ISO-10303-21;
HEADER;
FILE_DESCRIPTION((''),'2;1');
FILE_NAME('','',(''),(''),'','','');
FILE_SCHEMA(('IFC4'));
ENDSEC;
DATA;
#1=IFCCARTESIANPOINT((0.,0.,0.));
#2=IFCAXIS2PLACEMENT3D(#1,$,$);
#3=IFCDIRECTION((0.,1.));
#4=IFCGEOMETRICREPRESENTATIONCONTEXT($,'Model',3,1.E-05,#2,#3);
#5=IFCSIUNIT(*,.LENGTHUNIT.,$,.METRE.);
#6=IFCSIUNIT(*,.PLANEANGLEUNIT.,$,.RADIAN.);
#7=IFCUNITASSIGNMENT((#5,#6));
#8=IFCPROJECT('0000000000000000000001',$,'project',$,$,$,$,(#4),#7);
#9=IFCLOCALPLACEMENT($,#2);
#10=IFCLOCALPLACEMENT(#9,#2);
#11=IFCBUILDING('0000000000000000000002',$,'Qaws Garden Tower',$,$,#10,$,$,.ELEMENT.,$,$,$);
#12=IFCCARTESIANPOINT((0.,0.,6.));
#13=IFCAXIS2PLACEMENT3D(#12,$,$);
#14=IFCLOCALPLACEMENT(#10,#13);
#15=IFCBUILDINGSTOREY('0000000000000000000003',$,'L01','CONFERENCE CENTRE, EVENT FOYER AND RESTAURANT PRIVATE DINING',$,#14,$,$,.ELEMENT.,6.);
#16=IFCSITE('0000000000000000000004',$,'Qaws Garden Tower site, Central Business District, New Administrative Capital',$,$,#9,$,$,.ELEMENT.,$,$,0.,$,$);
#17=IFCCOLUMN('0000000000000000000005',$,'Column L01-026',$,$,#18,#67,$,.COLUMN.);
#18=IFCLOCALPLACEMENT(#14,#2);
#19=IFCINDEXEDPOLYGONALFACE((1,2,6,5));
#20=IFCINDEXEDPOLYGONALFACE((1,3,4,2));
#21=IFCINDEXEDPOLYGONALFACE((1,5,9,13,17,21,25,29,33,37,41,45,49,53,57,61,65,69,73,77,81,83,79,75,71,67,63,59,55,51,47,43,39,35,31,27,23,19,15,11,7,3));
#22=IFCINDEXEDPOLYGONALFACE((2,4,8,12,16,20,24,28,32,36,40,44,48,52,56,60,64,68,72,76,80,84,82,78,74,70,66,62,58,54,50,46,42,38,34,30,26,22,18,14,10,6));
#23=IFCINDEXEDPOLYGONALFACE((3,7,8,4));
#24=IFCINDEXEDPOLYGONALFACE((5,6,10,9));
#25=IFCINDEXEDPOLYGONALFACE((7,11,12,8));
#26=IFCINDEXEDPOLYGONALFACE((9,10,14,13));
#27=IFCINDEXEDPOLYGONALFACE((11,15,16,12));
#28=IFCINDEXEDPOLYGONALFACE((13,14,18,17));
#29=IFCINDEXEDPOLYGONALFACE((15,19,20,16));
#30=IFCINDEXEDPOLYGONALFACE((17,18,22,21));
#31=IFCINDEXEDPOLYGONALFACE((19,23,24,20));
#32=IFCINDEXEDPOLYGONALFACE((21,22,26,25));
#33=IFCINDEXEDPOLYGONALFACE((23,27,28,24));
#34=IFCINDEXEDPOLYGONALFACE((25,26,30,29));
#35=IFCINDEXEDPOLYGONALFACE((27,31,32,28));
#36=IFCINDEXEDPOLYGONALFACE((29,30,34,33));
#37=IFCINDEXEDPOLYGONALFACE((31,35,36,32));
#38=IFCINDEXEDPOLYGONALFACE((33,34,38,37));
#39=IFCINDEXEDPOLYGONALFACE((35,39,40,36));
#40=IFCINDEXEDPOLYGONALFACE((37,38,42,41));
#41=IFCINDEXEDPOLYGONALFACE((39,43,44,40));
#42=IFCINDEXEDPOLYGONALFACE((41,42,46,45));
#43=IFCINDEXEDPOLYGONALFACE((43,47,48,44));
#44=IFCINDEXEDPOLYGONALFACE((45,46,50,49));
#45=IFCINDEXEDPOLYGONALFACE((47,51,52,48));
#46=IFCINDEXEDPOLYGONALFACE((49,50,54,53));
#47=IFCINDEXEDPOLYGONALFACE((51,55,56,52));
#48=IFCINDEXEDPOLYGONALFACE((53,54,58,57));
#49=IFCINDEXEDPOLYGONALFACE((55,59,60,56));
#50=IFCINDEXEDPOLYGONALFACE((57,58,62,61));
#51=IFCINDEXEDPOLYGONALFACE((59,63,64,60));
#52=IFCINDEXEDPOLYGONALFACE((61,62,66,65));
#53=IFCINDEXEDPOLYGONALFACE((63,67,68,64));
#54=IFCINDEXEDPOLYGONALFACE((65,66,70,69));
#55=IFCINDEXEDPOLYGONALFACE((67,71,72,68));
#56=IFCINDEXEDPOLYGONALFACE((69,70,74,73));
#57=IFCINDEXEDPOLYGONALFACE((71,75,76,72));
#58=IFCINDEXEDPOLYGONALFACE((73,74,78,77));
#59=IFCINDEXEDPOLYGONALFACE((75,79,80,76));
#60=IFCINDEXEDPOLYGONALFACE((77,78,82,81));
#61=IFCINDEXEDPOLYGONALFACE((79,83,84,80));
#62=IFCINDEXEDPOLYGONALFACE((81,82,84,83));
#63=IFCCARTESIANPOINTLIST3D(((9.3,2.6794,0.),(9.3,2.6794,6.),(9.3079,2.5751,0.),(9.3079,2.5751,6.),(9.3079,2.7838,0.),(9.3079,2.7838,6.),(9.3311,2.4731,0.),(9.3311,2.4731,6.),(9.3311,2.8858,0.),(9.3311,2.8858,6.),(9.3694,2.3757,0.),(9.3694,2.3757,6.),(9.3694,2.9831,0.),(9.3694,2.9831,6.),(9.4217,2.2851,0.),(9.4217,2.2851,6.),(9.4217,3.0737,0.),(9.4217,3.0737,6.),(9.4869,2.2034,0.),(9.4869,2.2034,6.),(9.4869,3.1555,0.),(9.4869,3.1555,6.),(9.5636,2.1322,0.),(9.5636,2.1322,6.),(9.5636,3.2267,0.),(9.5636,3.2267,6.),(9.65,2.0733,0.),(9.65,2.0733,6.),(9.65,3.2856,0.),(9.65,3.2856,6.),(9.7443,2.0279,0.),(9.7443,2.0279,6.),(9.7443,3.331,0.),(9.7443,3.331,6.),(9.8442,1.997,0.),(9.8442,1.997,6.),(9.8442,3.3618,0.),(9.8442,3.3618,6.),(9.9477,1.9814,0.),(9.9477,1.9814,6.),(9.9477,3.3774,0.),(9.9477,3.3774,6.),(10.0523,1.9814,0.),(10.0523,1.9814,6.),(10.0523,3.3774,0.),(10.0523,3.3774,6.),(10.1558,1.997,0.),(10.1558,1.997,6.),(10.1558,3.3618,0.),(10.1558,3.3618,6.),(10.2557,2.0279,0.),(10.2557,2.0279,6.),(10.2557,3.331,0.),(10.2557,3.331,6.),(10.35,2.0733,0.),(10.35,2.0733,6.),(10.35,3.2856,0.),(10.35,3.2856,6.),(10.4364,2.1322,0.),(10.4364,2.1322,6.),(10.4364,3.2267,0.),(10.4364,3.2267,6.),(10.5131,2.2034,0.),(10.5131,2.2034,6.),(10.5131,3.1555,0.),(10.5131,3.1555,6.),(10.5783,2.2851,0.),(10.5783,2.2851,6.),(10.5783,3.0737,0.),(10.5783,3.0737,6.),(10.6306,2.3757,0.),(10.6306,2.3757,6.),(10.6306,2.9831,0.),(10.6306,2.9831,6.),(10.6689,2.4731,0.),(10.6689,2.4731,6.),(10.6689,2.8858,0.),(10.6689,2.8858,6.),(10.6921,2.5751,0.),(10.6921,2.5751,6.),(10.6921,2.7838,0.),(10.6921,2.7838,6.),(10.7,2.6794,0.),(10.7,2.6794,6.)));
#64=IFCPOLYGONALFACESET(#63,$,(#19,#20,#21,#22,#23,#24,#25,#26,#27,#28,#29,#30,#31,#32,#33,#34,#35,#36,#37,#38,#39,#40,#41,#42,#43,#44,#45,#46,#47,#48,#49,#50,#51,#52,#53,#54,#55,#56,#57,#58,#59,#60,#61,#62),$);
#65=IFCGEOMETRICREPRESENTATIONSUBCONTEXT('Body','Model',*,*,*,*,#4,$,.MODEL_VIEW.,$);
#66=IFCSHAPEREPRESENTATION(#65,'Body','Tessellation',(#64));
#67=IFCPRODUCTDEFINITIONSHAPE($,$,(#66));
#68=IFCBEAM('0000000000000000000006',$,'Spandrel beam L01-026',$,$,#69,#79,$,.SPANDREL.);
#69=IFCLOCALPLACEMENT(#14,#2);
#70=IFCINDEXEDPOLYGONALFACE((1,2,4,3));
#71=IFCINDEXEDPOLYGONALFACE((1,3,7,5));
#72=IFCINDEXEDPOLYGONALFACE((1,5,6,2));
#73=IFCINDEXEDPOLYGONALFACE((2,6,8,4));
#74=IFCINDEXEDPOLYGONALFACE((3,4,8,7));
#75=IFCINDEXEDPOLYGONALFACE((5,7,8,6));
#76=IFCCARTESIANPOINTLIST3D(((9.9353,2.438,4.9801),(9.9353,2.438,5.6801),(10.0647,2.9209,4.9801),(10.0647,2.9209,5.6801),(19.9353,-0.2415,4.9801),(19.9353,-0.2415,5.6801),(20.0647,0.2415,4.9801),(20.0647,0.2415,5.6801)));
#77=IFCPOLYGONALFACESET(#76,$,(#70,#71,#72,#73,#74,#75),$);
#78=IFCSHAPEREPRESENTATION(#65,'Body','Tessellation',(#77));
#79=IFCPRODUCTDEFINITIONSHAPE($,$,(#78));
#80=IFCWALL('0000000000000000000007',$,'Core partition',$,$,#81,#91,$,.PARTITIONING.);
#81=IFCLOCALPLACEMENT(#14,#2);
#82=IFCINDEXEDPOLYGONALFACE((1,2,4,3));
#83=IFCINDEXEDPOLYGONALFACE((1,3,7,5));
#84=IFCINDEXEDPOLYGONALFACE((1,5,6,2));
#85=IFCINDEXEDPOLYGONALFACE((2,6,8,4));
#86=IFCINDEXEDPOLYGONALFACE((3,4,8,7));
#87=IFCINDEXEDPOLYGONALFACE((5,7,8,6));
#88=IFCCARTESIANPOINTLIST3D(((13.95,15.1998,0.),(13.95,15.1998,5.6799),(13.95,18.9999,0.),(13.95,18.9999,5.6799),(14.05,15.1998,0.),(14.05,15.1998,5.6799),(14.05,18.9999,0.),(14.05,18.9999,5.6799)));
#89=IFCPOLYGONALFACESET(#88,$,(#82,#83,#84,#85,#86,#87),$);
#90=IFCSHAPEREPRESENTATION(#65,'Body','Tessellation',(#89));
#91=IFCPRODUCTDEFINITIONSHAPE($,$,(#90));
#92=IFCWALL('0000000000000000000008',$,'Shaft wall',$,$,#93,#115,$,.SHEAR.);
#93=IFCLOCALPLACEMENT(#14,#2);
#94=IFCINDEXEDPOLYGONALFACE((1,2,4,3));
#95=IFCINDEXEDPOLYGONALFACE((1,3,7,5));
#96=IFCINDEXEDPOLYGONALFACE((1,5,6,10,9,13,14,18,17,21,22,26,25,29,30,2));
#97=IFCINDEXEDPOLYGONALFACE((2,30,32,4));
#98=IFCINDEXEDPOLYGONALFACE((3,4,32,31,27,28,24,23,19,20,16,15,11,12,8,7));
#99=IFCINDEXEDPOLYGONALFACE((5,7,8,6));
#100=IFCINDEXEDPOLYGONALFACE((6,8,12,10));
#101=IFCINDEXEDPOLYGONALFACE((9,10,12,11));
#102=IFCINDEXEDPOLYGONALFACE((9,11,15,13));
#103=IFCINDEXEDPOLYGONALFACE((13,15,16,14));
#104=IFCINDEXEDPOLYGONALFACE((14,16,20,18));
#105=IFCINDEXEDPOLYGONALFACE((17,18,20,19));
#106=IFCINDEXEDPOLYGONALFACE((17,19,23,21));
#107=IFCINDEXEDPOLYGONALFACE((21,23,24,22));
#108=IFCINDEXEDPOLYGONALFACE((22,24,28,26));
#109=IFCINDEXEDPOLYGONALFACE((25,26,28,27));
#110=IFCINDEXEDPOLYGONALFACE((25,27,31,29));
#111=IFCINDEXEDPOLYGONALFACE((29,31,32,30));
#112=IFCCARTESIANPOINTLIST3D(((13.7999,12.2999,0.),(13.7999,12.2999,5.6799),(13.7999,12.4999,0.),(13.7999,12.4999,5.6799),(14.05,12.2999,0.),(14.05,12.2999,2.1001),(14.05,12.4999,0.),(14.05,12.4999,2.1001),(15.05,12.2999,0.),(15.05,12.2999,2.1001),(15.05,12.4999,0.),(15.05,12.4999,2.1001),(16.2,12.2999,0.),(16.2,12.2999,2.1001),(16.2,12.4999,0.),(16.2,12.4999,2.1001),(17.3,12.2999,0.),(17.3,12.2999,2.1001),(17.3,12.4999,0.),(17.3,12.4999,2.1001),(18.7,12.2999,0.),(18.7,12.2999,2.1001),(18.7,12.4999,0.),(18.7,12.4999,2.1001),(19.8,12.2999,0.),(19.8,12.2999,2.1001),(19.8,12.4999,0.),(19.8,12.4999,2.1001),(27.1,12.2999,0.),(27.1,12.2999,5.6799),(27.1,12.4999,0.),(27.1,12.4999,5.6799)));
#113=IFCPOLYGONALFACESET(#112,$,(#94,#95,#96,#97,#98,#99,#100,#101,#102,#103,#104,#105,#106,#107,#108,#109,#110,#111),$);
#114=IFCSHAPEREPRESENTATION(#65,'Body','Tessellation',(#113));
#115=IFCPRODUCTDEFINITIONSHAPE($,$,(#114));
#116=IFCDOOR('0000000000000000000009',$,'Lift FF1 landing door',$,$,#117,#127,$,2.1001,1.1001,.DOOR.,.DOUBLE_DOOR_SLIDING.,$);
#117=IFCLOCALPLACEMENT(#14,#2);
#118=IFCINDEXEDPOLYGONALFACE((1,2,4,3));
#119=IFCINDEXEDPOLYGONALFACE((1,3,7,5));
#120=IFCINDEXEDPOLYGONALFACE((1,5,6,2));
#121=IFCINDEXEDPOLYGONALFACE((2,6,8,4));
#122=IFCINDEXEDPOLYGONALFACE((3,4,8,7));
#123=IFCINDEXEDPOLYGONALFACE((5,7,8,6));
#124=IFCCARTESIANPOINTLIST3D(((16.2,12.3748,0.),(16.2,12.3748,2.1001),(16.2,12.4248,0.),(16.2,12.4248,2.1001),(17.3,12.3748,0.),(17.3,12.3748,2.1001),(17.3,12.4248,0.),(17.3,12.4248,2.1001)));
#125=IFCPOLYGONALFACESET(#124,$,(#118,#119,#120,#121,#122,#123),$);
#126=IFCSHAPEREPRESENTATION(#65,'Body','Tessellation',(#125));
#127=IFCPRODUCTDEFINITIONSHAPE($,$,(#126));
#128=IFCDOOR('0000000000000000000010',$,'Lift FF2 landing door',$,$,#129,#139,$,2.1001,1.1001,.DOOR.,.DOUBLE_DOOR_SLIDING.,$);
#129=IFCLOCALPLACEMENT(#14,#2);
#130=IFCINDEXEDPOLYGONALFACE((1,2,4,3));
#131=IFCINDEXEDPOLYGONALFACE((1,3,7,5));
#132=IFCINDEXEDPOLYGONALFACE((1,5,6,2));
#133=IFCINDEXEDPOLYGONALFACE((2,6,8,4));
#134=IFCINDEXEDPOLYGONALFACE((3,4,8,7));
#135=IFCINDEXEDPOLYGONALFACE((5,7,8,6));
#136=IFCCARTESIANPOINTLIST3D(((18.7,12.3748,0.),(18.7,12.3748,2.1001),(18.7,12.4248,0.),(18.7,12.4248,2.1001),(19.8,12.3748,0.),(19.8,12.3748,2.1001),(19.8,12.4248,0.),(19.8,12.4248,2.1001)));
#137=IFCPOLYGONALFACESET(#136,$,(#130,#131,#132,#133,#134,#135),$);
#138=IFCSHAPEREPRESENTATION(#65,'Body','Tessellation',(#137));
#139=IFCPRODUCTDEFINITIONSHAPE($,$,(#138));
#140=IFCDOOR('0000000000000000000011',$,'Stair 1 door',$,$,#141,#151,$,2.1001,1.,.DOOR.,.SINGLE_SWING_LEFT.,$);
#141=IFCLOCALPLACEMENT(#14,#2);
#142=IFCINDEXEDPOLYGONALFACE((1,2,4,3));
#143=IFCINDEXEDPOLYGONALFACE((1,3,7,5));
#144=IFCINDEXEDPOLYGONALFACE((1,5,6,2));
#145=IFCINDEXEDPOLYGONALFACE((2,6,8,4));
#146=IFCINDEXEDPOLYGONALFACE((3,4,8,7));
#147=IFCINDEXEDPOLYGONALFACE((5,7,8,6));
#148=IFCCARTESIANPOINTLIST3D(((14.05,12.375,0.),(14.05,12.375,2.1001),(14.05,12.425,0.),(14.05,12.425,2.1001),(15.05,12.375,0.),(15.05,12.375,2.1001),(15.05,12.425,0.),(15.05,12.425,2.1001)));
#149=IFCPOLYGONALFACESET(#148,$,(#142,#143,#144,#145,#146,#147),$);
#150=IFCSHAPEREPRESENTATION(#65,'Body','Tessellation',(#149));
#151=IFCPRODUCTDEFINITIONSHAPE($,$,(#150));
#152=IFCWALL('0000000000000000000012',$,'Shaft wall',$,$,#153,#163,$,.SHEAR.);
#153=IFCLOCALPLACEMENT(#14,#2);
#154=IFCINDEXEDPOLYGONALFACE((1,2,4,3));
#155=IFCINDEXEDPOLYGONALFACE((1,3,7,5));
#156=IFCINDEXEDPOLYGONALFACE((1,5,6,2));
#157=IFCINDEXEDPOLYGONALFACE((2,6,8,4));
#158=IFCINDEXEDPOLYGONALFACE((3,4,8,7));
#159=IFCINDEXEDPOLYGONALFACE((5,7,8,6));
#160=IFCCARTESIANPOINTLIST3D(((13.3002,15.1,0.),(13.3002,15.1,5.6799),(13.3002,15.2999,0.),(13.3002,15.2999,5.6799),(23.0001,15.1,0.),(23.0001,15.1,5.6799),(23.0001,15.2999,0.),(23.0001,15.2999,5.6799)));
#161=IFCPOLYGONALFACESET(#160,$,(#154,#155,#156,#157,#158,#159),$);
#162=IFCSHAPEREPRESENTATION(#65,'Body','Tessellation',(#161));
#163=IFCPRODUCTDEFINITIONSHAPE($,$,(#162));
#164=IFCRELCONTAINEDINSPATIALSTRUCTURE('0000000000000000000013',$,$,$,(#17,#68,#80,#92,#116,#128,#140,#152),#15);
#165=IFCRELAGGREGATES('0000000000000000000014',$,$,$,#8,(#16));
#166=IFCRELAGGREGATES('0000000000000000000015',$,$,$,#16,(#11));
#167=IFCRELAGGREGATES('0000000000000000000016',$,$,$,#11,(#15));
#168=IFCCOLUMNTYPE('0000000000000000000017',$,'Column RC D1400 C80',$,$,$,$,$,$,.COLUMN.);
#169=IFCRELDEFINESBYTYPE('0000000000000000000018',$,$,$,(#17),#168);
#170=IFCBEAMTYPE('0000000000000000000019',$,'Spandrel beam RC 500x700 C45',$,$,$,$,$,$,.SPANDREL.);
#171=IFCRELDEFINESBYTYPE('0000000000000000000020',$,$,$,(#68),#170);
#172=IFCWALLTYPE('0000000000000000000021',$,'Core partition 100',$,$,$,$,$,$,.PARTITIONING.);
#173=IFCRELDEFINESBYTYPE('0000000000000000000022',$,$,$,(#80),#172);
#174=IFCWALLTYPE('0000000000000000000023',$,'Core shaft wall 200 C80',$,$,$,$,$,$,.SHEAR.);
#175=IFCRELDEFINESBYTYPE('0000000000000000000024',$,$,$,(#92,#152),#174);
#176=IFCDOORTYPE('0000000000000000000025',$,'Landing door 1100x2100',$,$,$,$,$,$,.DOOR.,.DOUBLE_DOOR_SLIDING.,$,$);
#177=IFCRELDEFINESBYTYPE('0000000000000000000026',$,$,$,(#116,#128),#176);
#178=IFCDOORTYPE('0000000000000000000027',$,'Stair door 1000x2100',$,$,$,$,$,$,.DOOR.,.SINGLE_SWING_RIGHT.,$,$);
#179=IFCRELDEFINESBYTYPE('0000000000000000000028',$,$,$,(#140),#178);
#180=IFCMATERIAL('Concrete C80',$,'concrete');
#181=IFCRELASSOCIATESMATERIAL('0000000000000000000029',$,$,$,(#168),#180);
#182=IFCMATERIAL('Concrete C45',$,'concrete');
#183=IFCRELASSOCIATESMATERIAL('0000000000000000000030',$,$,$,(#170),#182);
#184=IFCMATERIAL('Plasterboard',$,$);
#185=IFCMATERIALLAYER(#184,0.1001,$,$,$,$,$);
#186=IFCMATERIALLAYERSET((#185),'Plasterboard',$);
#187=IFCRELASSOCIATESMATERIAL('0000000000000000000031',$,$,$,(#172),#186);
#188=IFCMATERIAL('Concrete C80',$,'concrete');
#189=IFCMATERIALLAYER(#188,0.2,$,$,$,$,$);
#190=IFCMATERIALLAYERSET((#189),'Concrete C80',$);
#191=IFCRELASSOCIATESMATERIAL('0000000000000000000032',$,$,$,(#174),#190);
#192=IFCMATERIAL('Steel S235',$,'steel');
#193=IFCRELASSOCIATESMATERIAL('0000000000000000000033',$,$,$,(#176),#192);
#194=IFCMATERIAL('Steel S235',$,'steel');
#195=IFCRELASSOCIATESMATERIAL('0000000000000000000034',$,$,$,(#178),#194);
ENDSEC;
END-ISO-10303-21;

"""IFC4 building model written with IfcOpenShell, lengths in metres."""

from ifc_helpers import new_model, si_unit, direction, frame, frame_2d, origin, origin_2d, place, context, subcontext, project, spatial, rectangle, circle, extrude, material, layer, layer_set, material_profile, profile_set, type_object, element, fill, save


model = new_model("IFC4")

# Units and contexts
model_context = context("Model", 3, precision=1e-05, world=origin(), true_north=direction((0.0, 1.0)))
body_context = subcontext(model_context, "Body", "Model", "MODEL_VIEW")
ifc_project = project(units=[si_unit("LENGTHUNIT", "METRE"), si_unit("PLANEANGLEUNIT", "RADIAN")], contexts=[model_context])

# Site, building, storey
site_placement = place(None, origin())
site = spatial("IfcSite", under=ifc_project, at=site_placement, Name="Qaws Garden Tower site, Central Business District, New Administrative Capital", CompositionType="ELEMENT", RefElevation=0.0)
building_placement = place(site_placement, origin())
building = spatial("IfcBuilding", under=site, at=building_placement, Name="Qaws Garden Tower", CompositionType="ELEMENT")
storey_placement = place(building_placement, frame((0.0, 0.0, 6.0)))
storey = spatial("IfcBuildingStorey", under=building, at=storey_placement, Name="L01", Description="CONFERENCE CENTRE, EVENT FOYER AND RESTAURANT PRIVATE DINING", CompositionType="ELEMENT", Elevation=6.0)

# Column
ifc_material_1 = material(Name="Concrete C80", Category="concrete")
ifc_material_profile_1 = material_profile(ifc_material_1, circle(Radius=0.7, at=origin_2d()), Name="RC D1400")
ifc_profile_set_1 = profile_set([ifc_material_profile_1], Name="Concrete C80")
column_type = type_object("IfcColumnType", Name="Column RC D1400 C80", PredefinedType="COLUMN", material=ifc_profile_set_1)
column_placement = place(storey_placement, frame((10.0, 2.6794, 0.0), z_axis=(0.0, 0.0, 1.0), x_axis=(1.0, 0.0, 0.0)))
element("IfcColumn", 1, at=column_placement, inside=storey, type_object=column_type, Name="Column L01-026", PredefinedType="COLUMN", context=body_context, shape_type="SweptSolid", body=[
    extrude(circle(Radius=0.7, at=origin_2d()), origin(), (0.0, 0.0, 1.0), 6.0),
])

# Beam
ifc_material_2 = material(Name="Concrete C45", Category="concrete")
ifc_material_profile_2 = material_profile(ifc_material_2, rectangle(XDim=0.5, YDim=0.7, at=origin_2d()), Name="RC 500x700")
ifc_profile_set_2 = profile_set([ifc_material_profile_2], Name="Concrete C45")
beam_type = type_object("IfcBeamType", Name="Spandrel beam RC 500x700 C45", PredefinedType="SPANDREL", material=ifc_profile_set_2)
beam_placement = place(storey_placement, frame((10.0, 2.6794, 5.3301), z_axis=(0.965927, -0.258815, 0.0), x_axis=(0.258815, 0.965927, 0.0)))
element("IfcBeam", 2, at=beam_placement, inside=storey, type_object=beam_type, Name="Spandrel beam L01-026", PredefinedType="SPANDREL", context=body_context, shape_type="SweptSolid", body=[
    extrude(rectangle(XDim=0.5, YDim=0.7, at=origin_2d()), origin(), (0.0, 0.0, 1.0), 10.3528),
])

# Wall
ifc_material_3 = material(Name="Plasterboard")
ifc_layer_1 = layer(ifc_material_3, 0.1001)
ifc_layer_set_1 = layer_set([ifc_layer_1], Name="Plasterboard")
wall_type_1 = type_object("IfcWallType", Name="Core partition 100", PredefinedType="PARTITIONING", material=ifc_layer_set_1)
wall_1_placement = place(storey_placement, frame((14.0, 15.2, 0.0), z_axis=(0.0, 0.0, 1.0), x_axis=(0.0, 1.0, 0.0)))
element("IfcWall", 3, at=wall_1_placement, inside=storey, type_object=wall_type_1, Name="Core partition", PredefinedType="PARTITIONING", context=body_context, shape_type="SweptSolid", body=[
    extrude(rectangle(XDim=3.8, YDim=0.1001, at=frame_2d((1.8999, 0.0))), origin(), (0.0, 0.0, 1.0), 5.6799),
])

# Wall, openings, doors
ifc_material_4 = material(Name="Concrete C80", Category="concrete")
ifc_layer_2 = layer(ifc_material_4, 0.2)
ifc_layer_set_2 = layer_set([ifc_layer_2], Name="Concrete C80")
wall_type_2 = type_object("IfcWallType", Name="Core shaft wall 200 C80", PredefinedType="SHEAR", material=ifc_layer_set_2)
wall_2_placement = place(storey_placement, frame((13.8, 12.3999, 0.0), z_axis=(0.0, 0.0, 1.0), x_axis=(1.0, 0.0, 0.0)))
wall_2 = element("IfcWall", 4, at=wall_2_placement, inside=storey, type_object=wall_type_2, Name="Shaft wall", PredefinedType="SHEAR", context=body_context, shape_type="SweptSolid", body=[
    extrude(rectangle(XDim=13.3, YDim=0.2, at=frame_2d((6.6499, 0.0))), origin(), (0.0, 0.0, 1.0), 5.6799),
])
opening_1_placement = place(wall_2_placement, frame((2.3999, 0.0, 0.0)))
opening_1 = element("IfcOpeningElement", 5, at=opening_1_placement, cuts=wall_2, PredefinedType="OPENING", context=body_context, shape_type="SweptSolid", body=[
    extrude(rectangle(XDim=1.1001, YDim=2.1001, at=frame_2d((0.55, 1.05))), frame((0.0, 0.1099, 0.0), z_axis=(0.0, -1.0, 0.0), x_axis=(1.0, 0.0, 0.0)), (0.0, 0.0, 1.0), 0.22),
])
opening_2_placement = place(wall_2_placement, frame((4.8999, 0.0, 0.0)))
opening_2 = element("IfcOpeningElement", 6, at=opening_2_placement, cuts=wall_2, PredefinedType="OPENING", context=body_context, shape_type="SweptSolid", body=[
    extrude(rectangle(XDim=1.1001, YDim=2.1001, at=frame_2d((0.55, 1.05))), frame((0.0, 0.1099, 0.0), z_axis=(0.0, -1.0, 0.0), x_axis=(1.0, 0.0, 0.0)), (0.0, 0.0, 1.0), 0.22),
])
opening_3_placement = place(wall_2_placement, frame((0.25, 0.0, 0.0)))
opening_3 = element("IfcOpeningElement", 7, at=opening_3_placement, cuts=wall_2, PredefinedType="OPENING", context=body_context, shape_type="SweptSolid", body=[
    extrude(rectangle(XDim=1.0, YDim=2.1001, at=frame_2d((0.5, 1.05))), frame((0.0, 0.1099, 0.0), z_axis=(0.0, -1.0, 0.0), x_axis=(1.0, 0.0, 0.0)), (0.0, 0.0, 1.0), 0.22),
])
ifc_material_5 = material(Name="Steel S235", Category="steel")
door_type_1 = type_object("IfcDoorType", Name="Landing door 1100x2100", OperationType="DOUBLE_DOOR_SLIDING", PredefinedType="DOOR", material=ifc_material_5)
door_1_placement = place(opening_1_placement, origin())
door_1 = element("IfcDoor", 8, at=door_1_placement, inside=storey, type_object=door_type_1, Name="Lift FF1 landing door", OperationType="DOUBLE_DOOR_SLIDING", OverallHeight=2.1001, OverallWidth=1.1001, PredefinedType="DOOR", context=body_context, shape_type="SweptSolid", body=[
    extrude(rectangle(XDim=1.1001, YDim=2.1001, at=frame_2d((0.55, 1.05))), frame((0.0, 0.0249, 0.0), z_axis=(0.0, -1.0, 0.0), x_axis=(1.0, 0.0, 0.0)), (0.0, 0.0, 1.0), 0.05),
])
fill(opening_1, door_1)
door_2_placement = place(opening_2_placement, origin())
door_2 = element("IfcDoor", 9, at=door_2_placement, inside=storey, type_object=door_type_1, Name="Lift FF2 landing door", OperationType="DOUBLE_DOOR_SLIDING", OverallHeight=2.1001, OverallWidth=1.1001, PredefinedType="DOOR", context=body_context, shape_type="SweptSolid", body=[
    extrude(rectangle(XDim=1.1001, YDim=2.1001, at=frame_2d((0.55, 1.05))), frame((0.0, 0.0249, 0.0), z_axis=(0.0, -1.0, 0.0), x_axis=(1.0, 0.0, 0.0)), (0.0, 0.0, 1.0), 0.05),
])
fill(opening_2, door_2)
ifc_material_6 = material(Name="Steel S235", Category="steel")
door_type_2 = type_object("IfcDoorType", Name="Stair door 1000x2100", OperationType="SINGLE_SWING_RIGHT", PredefinedType="DOOR", material=ifc_material_6)
door_3_placement = place(opening_3_placement, frame((1.0, 0.0, 0.0), z_axis=(0.0, 0.0, 1.0), x_axis=(-1.0, 0.0, 0.0)))
door_3 = element("IfcDoor", 10, at=door_3_placement, inside=storey, type_object=door_type_2, Name="Stair 1 door", OperationType="SINGLE_SWING_LEFT", OverallHeight=2.1001, OverallWidth=1.0, PredefinedType="DOOR", context=body_context, shape_type="SweptSolid", body=[
    extrude(rectangle(XDim=1.0, YDim=2.1001, at=frame_2d((0.5, 1.05))), frame((0.0, 0.0249, 0.0), z_axis=(0.0, -1.0, 0.0), x_axis=(1.0, 0.0, 0.0)), (0.0, 0.0, 1.0), 0.05),
])
fill(opening_3, door_3)

# Wall
wall_3_placement = place(storey_placement, frame((13.3, 15.2, 0.0), z_axis=(0.0, 0.0, 1.0), x_axis=(1.0, 0.0, 0.0)))
element("IfcWall", 11, at=wall_3_placement, inside=storey, type_object=wall_type_2, Name="Shaft wall", PredefinedType="SHEAR", context=body_context, shape_type="SweptSolid", body=[
    extrude(rectangle(XDim=9.7, YDim=0.2, at=frame_2d((4.8501, 0.0))), origin(), (0.0, 0.0, 1.0), 5.6799),
])

save(model, "model.ifc")
